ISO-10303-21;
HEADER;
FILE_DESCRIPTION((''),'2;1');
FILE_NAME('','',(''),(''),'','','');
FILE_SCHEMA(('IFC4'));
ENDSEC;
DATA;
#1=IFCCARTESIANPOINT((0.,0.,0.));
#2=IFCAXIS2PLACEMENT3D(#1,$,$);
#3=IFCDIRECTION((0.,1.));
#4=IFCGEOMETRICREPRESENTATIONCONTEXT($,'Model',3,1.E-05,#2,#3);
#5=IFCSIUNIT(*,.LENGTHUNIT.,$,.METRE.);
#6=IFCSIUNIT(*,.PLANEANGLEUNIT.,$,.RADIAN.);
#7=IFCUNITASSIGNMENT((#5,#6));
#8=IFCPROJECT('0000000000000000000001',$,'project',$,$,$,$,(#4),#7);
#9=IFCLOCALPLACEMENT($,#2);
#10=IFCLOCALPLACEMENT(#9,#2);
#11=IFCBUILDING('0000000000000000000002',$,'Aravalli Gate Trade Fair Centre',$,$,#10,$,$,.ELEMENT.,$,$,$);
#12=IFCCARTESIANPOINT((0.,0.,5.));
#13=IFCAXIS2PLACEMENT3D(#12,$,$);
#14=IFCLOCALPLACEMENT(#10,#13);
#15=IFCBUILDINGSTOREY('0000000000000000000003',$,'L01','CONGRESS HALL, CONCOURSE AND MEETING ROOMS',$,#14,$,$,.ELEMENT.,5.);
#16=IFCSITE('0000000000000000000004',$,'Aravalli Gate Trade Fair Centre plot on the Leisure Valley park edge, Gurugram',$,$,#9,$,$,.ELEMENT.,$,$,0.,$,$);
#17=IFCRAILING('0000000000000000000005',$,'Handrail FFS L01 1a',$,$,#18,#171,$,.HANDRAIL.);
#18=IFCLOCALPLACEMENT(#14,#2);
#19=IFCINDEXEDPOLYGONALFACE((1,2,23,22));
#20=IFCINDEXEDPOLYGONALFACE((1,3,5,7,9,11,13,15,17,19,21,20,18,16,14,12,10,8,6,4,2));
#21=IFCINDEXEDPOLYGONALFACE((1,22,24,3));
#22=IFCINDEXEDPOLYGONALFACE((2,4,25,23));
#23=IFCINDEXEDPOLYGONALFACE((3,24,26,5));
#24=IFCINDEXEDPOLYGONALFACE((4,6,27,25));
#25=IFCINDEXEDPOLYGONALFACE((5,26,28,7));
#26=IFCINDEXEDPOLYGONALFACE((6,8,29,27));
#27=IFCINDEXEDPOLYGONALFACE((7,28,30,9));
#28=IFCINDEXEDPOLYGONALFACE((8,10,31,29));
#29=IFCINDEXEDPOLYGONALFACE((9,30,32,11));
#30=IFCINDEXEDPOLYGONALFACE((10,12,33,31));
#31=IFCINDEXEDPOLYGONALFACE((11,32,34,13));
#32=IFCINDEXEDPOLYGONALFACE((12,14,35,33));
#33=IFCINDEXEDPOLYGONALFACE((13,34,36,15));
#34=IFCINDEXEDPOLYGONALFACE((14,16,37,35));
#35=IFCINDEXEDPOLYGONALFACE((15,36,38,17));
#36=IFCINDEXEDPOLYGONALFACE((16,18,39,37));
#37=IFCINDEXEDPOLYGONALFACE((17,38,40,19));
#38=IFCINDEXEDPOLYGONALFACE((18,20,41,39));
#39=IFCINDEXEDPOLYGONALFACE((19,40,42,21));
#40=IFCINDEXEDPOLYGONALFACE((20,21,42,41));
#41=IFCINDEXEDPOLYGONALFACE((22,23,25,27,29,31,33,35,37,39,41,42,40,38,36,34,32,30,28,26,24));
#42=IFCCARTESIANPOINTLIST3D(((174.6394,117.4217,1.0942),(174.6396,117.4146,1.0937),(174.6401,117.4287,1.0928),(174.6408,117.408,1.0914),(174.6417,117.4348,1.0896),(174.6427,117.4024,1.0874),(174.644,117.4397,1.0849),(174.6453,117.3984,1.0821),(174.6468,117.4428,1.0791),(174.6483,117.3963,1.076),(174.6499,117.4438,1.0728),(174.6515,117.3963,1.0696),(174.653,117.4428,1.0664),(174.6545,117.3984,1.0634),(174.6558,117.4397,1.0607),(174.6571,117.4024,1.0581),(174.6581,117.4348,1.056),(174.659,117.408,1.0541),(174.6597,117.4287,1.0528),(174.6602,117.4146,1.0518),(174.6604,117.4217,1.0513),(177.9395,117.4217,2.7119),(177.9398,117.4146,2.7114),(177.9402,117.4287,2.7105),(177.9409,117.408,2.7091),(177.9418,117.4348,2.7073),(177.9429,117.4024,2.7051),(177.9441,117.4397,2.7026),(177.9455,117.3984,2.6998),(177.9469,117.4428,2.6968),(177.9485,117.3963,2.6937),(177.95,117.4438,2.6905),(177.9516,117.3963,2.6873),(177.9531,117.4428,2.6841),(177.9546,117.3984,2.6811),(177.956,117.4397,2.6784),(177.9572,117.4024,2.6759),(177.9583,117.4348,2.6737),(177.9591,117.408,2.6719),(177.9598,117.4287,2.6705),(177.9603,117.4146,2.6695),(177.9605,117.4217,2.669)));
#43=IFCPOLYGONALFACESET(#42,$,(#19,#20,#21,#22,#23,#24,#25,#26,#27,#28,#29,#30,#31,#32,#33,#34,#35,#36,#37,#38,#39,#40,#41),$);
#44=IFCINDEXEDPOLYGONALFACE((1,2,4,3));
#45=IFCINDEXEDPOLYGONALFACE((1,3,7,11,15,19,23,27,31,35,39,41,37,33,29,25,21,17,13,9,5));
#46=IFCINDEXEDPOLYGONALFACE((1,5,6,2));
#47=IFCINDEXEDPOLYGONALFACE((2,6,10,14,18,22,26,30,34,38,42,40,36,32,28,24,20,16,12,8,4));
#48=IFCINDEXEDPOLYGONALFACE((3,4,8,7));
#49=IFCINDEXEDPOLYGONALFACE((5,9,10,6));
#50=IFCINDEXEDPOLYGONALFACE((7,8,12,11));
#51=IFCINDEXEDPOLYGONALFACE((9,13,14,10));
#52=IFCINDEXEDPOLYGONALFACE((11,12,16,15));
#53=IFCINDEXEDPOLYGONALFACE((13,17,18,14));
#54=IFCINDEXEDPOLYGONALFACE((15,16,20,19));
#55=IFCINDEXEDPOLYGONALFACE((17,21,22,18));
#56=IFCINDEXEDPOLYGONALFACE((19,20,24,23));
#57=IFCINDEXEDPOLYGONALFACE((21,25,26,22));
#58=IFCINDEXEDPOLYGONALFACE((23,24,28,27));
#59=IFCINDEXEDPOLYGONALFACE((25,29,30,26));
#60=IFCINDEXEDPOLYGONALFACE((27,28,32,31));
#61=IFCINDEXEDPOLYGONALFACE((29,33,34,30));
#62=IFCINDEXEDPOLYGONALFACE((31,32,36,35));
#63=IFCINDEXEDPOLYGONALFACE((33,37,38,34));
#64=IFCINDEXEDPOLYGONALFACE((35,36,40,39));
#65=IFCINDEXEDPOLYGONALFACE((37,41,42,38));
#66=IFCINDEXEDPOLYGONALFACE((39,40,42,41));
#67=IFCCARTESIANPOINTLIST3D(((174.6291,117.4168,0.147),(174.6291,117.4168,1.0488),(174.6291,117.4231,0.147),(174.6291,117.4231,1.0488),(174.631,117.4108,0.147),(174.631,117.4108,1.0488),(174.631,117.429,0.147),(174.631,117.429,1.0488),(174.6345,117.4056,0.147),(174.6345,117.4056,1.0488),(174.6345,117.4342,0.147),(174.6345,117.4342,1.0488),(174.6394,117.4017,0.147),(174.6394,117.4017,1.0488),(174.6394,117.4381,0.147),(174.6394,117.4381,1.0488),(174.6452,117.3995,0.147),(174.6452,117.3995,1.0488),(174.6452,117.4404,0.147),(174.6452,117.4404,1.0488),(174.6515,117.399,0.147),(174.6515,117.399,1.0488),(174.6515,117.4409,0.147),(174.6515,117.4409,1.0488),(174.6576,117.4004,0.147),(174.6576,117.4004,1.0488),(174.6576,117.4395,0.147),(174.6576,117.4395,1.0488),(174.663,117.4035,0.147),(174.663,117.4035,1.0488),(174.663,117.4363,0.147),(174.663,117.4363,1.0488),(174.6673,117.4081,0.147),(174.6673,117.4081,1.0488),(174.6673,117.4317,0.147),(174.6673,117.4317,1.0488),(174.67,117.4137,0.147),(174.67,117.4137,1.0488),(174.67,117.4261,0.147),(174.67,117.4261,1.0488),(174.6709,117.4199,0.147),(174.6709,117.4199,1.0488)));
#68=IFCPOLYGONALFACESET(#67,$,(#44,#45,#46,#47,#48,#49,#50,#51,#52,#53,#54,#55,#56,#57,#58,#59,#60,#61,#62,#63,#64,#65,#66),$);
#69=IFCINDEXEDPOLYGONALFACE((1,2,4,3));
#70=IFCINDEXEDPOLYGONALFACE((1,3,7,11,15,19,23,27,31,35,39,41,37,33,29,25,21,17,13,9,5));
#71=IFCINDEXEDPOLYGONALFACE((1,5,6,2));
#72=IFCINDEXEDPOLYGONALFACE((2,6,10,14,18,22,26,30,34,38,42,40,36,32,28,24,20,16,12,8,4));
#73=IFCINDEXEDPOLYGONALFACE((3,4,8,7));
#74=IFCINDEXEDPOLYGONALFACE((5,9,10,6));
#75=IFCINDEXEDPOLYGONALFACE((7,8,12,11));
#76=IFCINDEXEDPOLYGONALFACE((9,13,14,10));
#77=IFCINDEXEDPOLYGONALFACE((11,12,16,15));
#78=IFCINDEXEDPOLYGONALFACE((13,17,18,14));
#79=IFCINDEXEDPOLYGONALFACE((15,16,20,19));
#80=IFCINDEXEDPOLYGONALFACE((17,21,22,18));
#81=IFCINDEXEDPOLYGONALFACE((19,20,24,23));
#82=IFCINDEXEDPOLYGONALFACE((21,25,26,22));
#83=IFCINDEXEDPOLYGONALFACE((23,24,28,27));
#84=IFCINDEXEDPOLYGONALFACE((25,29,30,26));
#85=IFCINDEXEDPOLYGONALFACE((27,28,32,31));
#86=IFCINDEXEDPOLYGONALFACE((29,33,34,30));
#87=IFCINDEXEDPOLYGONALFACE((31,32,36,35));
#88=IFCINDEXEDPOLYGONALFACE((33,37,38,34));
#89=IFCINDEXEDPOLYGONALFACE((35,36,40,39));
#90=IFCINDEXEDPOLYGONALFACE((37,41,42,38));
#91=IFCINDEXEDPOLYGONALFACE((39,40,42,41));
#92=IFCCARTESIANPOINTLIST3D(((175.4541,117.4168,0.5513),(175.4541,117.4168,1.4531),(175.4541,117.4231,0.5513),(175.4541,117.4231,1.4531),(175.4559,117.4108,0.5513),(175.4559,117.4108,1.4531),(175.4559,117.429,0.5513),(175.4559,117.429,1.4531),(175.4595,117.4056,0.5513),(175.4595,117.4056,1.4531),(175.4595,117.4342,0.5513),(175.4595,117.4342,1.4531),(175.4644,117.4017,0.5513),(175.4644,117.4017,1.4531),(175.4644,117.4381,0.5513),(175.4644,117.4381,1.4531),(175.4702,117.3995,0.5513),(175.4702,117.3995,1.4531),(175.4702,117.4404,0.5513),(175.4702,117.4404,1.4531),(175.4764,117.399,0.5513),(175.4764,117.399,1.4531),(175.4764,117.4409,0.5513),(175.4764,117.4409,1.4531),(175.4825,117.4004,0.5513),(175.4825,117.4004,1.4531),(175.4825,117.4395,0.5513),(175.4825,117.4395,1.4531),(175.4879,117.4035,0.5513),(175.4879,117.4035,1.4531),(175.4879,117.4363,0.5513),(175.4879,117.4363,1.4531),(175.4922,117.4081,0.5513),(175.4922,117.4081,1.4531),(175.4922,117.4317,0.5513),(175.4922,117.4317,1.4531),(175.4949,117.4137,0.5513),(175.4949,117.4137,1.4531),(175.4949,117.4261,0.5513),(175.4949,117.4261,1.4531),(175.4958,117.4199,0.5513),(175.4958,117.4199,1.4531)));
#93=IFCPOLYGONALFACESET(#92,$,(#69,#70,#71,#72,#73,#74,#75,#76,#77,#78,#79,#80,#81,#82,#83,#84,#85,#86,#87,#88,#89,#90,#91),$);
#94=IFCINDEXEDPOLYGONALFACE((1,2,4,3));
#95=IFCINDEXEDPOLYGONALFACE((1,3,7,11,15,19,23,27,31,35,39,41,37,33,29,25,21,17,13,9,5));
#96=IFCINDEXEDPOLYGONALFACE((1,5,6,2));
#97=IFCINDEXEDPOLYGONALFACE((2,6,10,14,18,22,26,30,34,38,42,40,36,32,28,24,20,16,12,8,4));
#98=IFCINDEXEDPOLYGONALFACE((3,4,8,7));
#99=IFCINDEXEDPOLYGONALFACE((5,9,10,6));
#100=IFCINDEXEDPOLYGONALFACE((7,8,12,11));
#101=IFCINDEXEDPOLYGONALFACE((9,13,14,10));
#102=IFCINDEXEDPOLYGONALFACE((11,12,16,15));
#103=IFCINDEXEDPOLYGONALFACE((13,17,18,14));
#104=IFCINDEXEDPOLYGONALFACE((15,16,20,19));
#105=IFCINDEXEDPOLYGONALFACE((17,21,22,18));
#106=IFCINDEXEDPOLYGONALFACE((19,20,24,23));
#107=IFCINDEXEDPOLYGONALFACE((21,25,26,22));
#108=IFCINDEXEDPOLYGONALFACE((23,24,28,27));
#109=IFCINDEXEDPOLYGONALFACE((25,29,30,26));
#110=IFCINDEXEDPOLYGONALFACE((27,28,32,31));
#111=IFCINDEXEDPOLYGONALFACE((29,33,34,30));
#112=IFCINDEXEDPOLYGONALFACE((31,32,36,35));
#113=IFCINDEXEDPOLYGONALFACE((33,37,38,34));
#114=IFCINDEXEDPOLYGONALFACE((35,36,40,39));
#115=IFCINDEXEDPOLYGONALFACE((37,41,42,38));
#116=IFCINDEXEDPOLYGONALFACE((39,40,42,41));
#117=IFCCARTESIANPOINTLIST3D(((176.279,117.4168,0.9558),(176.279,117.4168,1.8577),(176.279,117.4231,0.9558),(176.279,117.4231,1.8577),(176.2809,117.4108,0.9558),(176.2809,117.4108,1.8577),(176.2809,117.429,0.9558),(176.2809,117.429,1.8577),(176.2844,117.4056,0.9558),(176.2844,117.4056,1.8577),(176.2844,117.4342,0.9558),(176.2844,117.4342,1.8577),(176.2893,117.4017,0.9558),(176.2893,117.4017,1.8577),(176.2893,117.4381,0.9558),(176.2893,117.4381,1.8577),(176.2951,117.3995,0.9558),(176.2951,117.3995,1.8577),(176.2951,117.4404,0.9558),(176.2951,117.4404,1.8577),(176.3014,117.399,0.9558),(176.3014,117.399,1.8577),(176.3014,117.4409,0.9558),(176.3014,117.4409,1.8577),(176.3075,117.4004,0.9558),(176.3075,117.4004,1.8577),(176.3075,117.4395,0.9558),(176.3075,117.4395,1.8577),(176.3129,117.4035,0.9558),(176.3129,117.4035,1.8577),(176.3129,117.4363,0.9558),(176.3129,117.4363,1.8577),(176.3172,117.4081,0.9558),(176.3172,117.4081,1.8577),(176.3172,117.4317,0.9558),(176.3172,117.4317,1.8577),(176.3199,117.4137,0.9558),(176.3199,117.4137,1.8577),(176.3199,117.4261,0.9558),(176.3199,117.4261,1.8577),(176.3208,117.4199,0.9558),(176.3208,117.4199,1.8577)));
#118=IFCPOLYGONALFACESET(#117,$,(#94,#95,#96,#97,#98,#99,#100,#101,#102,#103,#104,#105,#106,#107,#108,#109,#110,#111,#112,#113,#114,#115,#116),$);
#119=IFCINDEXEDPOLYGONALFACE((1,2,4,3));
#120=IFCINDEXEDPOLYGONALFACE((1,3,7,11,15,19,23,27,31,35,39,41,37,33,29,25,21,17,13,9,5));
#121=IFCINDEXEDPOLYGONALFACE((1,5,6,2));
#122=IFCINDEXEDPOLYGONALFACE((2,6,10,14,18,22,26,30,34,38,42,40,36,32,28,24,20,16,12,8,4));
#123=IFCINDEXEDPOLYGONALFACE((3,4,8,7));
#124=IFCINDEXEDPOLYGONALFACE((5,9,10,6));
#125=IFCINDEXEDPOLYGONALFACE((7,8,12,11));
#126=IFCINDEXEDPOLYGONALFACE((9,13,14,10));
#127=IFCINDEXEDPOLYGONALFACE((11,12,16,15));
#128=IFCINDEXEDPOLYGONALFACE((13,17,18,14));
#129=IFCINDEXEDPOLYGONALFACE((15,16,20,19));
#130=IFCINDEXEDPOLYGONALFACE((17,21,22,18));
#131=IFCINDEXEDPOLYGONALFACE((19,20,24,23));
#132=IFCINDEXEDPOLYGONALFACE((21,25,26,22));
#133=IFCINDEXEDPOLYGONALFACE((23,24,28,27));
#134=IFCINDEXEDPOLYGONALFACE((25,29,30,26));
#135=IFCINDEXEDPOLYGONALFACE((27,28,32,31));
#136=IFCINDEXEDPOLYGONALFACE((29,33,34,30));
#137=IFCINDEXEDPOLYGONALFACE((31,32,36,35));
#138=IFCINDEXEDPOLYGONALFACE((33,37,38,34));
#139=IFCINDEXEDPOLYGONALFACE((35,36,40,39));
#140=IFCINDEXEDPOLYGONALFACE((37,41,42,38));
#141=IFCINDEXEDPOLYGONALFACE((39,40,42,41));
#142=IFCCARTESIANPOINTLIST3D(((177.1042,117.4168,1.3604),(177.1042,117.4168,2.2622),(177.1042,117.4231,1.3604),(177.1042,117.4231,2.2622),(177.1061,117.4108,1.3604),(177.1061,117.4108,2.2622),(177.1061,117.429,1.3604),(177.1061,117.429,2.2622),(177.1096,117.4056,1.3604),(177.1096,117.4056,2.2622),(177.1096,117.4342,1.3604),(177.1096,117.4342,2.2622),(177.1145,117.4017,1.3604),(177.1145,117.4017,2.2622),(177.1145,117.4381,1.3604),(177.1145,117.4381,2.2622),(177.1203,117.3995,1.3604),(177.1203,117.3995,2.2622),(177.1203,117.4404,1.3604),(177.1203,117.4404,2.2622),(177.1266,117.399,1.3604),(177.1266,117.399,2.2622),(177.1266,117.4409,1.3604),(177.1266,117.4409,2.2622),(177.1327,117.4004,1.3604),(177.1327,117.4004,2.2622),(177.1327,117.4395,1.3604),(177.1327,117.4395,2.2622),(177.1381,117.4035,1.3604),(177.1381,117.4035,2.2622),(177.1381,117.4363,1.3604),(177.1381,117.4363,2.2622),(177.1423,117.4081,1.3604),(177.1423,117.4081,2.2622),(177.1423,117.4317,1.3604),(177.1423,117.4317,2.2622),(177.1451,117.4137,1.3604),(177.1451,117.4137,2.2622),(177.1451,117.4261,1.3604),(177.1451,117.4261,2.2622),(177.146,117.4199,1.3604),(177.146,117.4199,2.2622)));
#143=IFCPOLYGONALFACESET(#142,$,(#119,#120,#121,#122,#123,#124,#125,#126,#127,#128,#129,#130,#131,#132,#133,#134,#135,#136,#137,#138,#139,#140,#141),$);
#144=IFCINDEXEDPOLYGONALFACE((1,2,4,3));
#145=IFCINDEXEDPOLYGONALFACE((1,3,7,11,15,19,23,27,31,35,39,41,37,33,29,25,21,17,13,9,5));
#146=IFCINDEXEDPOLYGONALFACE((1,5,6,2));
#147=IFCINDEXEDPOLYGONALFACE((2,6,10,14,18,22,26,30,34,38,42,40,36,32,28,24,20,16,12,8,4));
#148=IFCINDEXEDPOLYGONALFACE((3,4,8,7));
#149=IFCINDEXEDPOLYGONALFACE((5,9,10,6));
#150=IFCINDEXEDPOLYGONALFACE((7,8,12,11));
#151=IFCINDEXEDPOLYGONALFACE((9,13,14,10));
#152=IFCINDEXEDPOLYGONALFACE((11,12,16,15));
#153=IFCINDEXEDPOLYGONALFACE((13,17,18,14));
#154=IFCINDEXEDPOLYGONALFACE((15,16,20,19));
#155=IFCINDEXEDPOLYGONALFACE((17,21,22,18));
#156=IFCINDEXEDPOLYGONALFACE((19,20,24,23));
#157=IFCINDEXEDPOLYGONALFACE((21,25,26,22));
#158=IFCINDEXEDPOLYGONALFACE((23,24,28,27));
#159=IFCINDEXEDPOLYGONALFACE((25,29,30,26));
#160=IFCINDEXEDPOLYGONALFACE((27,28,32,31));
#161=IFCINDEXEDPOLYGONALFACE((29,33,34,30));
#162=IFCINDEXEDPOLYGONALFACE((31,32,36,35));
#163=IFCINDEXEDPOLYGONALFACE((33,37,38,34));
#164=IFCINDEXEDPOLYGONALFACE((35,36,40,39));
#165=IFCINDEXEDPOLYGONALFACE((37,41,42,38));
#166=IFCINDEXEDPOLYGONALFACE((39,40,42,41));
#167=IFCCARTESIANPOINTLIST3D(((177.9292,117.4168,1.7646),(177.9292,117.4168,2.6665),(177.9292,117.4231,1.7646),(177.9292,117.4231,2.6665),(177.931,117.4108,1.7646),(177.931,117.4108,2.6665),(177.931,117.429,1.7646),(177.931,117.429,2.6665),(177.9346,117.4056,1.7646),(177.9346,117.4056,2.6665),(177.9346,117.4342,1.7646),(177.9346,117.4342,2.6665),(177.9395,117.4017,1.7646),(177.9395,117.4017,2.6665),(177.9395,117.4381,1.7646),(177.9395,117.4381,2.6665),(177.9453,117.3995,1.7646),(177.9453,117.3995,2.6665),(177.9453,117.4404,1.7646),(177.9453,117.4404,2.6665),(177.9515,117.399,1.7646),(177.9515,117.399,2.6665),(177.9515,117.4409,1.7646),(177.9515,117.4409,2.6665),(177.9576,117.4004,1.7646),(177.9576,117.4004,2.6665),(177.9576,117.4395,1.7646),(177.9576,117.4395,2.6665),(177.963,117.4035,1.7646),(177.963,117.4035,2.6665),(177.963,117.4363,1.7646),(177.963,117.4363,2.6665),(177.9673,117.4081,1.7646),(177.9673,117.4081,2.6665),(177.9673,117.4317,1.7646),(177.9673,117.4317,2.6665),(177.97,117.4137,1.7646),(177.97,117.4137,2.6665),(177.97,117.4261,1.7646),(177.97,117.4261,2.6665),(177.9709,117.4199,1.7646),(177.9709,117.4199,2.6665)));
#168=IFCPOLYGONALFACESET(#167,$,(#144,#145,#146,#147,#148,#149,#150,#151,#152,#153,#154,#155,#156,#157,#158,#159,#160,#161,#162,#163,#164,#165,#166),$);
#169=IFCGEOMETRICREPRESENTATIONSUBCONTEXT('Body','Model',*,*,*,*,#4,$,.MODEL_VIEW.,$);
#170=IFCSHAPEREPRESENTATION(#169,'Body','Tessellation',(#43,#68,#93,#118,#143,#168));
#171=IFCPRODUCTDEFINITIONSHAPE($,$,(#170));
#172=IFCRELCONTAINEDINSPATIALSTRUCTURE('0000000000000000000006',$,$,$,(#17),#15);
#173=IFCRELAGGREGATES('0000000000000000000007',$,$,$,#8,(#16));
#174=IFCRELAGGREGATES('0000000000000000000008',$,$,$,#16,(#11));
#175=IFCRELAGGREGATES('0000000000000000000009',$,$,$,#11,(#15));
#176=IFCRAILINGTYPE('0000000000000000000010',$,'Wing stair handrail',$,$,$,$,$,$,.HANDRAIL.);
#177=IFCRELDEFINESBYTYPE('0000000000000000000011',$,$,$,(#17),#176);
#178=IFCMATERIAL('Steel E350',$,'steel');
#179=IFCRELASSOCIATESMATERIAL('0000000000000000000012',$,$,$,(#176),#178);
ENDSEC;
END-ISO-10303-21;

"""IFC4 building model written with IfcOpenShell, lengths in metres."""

from ifc_helpers import new_model, si_unit, direction, frame, origin, origin_2d, place, context, subcontext, project, spatial, circle, extrude, material, type_object, element, save


model = new_model("IFC4")

# Units and contexts
model_context = context("Model", 3, precision=1e-05, world=origin(), true_north=direction((0.0, 1.0)))
body_context = subcontext(model_context, "Body", "Model", "MODEL_VIEW")
ifc_project = project(units=[si_unit("LENGTHUNIT", "METRE"), si_unit("PLANEANGLEUNIT", "RADIAN")], contexts=[model_context])

# Site, building, storey
site_placement = place(None, origin())
site = spatial("IfcSite", under=ifc_project, at=site_placement, Name="Aravalli Gate Trade Fair Centre plot on the Leisure Valley park edge, Gurugram", CompositionType="ELEMENT", RefElevation=0.0)
building_placement = place(site_placement, origin())
building = spatial("IfcBuilding", under=site, at=building_placement, Name="Aravalli Gate Trade Fair Centre", CompositionType="ELEMENT")
storey_placement = place(building_placement, frame((0.0, 0.0, 5.0)))
storey = spatial("IfcBuildingStorey", under=building, at=storey_placement, Name="L01", Description="CONGRESS HALL, CONCOURSE AND MEETING ROOMS", CompositionType="ELEMENT", Elevation=5.0)

# Shared definitions
ifc_material_1 = material(Name="Steel E350", Category="steel")

# Railing
railing_type_1 = type_object("IfcRailingType", Name="Wing stair handrail", PredefinedType="HANDRAIL", material=ifc_material_1)
for number, where, name in (
    (1, (174.6499, 117.4199, 0.147), "Handrail FFS L01 1a"),
):
    element("IfcRailing", number, at=place(storey_placement, frame(where)), inside=storey, type_object=railing_type_1, Name=name, PredefinedType="HANDRAIL", context=body_context, shape_type="SweptSolid", body=[
        extrude(circle(Radius=0.0239, at=origin_2d()), frame((0.0, 0.0, 0.9258), z_axis=(0.89792, 0.0, 0.440158), x_axis=(0.0, 1.0, 0.0)), (0.0, 0.0, 1.0), 3.6753),
        extrude(circle(Radius=0.021, at=origin_2d()), origin(), (0.0, 0.0, 1.0), 0.9019),
        extrude(circle(Radius=0.021, at=origin_2d()), frame((0.825, 0.0, 0.4043)), (0.0, 0.0, 1.0), 0.9019),
        extrude(circle(Radius=0.021, at=origin_2d()), frame((1.6499, 0.0, 0.8088)), (0.0, 0.0, 1.0), 0.9019),
        extrude(circle(Radius=0.021, at=origin_2d()), frame((2.4751, 0.0, 1.2134)), (0.0, 0.0, 1.0), 0.9019),
        extrude(circle(Radius=0.021, at=origin_2d()), frame((3.3, 0.0, 1.6177)), (0.0, 0.0, 1.0), 0.9019),
    ])

save(model, "model.ifc")
